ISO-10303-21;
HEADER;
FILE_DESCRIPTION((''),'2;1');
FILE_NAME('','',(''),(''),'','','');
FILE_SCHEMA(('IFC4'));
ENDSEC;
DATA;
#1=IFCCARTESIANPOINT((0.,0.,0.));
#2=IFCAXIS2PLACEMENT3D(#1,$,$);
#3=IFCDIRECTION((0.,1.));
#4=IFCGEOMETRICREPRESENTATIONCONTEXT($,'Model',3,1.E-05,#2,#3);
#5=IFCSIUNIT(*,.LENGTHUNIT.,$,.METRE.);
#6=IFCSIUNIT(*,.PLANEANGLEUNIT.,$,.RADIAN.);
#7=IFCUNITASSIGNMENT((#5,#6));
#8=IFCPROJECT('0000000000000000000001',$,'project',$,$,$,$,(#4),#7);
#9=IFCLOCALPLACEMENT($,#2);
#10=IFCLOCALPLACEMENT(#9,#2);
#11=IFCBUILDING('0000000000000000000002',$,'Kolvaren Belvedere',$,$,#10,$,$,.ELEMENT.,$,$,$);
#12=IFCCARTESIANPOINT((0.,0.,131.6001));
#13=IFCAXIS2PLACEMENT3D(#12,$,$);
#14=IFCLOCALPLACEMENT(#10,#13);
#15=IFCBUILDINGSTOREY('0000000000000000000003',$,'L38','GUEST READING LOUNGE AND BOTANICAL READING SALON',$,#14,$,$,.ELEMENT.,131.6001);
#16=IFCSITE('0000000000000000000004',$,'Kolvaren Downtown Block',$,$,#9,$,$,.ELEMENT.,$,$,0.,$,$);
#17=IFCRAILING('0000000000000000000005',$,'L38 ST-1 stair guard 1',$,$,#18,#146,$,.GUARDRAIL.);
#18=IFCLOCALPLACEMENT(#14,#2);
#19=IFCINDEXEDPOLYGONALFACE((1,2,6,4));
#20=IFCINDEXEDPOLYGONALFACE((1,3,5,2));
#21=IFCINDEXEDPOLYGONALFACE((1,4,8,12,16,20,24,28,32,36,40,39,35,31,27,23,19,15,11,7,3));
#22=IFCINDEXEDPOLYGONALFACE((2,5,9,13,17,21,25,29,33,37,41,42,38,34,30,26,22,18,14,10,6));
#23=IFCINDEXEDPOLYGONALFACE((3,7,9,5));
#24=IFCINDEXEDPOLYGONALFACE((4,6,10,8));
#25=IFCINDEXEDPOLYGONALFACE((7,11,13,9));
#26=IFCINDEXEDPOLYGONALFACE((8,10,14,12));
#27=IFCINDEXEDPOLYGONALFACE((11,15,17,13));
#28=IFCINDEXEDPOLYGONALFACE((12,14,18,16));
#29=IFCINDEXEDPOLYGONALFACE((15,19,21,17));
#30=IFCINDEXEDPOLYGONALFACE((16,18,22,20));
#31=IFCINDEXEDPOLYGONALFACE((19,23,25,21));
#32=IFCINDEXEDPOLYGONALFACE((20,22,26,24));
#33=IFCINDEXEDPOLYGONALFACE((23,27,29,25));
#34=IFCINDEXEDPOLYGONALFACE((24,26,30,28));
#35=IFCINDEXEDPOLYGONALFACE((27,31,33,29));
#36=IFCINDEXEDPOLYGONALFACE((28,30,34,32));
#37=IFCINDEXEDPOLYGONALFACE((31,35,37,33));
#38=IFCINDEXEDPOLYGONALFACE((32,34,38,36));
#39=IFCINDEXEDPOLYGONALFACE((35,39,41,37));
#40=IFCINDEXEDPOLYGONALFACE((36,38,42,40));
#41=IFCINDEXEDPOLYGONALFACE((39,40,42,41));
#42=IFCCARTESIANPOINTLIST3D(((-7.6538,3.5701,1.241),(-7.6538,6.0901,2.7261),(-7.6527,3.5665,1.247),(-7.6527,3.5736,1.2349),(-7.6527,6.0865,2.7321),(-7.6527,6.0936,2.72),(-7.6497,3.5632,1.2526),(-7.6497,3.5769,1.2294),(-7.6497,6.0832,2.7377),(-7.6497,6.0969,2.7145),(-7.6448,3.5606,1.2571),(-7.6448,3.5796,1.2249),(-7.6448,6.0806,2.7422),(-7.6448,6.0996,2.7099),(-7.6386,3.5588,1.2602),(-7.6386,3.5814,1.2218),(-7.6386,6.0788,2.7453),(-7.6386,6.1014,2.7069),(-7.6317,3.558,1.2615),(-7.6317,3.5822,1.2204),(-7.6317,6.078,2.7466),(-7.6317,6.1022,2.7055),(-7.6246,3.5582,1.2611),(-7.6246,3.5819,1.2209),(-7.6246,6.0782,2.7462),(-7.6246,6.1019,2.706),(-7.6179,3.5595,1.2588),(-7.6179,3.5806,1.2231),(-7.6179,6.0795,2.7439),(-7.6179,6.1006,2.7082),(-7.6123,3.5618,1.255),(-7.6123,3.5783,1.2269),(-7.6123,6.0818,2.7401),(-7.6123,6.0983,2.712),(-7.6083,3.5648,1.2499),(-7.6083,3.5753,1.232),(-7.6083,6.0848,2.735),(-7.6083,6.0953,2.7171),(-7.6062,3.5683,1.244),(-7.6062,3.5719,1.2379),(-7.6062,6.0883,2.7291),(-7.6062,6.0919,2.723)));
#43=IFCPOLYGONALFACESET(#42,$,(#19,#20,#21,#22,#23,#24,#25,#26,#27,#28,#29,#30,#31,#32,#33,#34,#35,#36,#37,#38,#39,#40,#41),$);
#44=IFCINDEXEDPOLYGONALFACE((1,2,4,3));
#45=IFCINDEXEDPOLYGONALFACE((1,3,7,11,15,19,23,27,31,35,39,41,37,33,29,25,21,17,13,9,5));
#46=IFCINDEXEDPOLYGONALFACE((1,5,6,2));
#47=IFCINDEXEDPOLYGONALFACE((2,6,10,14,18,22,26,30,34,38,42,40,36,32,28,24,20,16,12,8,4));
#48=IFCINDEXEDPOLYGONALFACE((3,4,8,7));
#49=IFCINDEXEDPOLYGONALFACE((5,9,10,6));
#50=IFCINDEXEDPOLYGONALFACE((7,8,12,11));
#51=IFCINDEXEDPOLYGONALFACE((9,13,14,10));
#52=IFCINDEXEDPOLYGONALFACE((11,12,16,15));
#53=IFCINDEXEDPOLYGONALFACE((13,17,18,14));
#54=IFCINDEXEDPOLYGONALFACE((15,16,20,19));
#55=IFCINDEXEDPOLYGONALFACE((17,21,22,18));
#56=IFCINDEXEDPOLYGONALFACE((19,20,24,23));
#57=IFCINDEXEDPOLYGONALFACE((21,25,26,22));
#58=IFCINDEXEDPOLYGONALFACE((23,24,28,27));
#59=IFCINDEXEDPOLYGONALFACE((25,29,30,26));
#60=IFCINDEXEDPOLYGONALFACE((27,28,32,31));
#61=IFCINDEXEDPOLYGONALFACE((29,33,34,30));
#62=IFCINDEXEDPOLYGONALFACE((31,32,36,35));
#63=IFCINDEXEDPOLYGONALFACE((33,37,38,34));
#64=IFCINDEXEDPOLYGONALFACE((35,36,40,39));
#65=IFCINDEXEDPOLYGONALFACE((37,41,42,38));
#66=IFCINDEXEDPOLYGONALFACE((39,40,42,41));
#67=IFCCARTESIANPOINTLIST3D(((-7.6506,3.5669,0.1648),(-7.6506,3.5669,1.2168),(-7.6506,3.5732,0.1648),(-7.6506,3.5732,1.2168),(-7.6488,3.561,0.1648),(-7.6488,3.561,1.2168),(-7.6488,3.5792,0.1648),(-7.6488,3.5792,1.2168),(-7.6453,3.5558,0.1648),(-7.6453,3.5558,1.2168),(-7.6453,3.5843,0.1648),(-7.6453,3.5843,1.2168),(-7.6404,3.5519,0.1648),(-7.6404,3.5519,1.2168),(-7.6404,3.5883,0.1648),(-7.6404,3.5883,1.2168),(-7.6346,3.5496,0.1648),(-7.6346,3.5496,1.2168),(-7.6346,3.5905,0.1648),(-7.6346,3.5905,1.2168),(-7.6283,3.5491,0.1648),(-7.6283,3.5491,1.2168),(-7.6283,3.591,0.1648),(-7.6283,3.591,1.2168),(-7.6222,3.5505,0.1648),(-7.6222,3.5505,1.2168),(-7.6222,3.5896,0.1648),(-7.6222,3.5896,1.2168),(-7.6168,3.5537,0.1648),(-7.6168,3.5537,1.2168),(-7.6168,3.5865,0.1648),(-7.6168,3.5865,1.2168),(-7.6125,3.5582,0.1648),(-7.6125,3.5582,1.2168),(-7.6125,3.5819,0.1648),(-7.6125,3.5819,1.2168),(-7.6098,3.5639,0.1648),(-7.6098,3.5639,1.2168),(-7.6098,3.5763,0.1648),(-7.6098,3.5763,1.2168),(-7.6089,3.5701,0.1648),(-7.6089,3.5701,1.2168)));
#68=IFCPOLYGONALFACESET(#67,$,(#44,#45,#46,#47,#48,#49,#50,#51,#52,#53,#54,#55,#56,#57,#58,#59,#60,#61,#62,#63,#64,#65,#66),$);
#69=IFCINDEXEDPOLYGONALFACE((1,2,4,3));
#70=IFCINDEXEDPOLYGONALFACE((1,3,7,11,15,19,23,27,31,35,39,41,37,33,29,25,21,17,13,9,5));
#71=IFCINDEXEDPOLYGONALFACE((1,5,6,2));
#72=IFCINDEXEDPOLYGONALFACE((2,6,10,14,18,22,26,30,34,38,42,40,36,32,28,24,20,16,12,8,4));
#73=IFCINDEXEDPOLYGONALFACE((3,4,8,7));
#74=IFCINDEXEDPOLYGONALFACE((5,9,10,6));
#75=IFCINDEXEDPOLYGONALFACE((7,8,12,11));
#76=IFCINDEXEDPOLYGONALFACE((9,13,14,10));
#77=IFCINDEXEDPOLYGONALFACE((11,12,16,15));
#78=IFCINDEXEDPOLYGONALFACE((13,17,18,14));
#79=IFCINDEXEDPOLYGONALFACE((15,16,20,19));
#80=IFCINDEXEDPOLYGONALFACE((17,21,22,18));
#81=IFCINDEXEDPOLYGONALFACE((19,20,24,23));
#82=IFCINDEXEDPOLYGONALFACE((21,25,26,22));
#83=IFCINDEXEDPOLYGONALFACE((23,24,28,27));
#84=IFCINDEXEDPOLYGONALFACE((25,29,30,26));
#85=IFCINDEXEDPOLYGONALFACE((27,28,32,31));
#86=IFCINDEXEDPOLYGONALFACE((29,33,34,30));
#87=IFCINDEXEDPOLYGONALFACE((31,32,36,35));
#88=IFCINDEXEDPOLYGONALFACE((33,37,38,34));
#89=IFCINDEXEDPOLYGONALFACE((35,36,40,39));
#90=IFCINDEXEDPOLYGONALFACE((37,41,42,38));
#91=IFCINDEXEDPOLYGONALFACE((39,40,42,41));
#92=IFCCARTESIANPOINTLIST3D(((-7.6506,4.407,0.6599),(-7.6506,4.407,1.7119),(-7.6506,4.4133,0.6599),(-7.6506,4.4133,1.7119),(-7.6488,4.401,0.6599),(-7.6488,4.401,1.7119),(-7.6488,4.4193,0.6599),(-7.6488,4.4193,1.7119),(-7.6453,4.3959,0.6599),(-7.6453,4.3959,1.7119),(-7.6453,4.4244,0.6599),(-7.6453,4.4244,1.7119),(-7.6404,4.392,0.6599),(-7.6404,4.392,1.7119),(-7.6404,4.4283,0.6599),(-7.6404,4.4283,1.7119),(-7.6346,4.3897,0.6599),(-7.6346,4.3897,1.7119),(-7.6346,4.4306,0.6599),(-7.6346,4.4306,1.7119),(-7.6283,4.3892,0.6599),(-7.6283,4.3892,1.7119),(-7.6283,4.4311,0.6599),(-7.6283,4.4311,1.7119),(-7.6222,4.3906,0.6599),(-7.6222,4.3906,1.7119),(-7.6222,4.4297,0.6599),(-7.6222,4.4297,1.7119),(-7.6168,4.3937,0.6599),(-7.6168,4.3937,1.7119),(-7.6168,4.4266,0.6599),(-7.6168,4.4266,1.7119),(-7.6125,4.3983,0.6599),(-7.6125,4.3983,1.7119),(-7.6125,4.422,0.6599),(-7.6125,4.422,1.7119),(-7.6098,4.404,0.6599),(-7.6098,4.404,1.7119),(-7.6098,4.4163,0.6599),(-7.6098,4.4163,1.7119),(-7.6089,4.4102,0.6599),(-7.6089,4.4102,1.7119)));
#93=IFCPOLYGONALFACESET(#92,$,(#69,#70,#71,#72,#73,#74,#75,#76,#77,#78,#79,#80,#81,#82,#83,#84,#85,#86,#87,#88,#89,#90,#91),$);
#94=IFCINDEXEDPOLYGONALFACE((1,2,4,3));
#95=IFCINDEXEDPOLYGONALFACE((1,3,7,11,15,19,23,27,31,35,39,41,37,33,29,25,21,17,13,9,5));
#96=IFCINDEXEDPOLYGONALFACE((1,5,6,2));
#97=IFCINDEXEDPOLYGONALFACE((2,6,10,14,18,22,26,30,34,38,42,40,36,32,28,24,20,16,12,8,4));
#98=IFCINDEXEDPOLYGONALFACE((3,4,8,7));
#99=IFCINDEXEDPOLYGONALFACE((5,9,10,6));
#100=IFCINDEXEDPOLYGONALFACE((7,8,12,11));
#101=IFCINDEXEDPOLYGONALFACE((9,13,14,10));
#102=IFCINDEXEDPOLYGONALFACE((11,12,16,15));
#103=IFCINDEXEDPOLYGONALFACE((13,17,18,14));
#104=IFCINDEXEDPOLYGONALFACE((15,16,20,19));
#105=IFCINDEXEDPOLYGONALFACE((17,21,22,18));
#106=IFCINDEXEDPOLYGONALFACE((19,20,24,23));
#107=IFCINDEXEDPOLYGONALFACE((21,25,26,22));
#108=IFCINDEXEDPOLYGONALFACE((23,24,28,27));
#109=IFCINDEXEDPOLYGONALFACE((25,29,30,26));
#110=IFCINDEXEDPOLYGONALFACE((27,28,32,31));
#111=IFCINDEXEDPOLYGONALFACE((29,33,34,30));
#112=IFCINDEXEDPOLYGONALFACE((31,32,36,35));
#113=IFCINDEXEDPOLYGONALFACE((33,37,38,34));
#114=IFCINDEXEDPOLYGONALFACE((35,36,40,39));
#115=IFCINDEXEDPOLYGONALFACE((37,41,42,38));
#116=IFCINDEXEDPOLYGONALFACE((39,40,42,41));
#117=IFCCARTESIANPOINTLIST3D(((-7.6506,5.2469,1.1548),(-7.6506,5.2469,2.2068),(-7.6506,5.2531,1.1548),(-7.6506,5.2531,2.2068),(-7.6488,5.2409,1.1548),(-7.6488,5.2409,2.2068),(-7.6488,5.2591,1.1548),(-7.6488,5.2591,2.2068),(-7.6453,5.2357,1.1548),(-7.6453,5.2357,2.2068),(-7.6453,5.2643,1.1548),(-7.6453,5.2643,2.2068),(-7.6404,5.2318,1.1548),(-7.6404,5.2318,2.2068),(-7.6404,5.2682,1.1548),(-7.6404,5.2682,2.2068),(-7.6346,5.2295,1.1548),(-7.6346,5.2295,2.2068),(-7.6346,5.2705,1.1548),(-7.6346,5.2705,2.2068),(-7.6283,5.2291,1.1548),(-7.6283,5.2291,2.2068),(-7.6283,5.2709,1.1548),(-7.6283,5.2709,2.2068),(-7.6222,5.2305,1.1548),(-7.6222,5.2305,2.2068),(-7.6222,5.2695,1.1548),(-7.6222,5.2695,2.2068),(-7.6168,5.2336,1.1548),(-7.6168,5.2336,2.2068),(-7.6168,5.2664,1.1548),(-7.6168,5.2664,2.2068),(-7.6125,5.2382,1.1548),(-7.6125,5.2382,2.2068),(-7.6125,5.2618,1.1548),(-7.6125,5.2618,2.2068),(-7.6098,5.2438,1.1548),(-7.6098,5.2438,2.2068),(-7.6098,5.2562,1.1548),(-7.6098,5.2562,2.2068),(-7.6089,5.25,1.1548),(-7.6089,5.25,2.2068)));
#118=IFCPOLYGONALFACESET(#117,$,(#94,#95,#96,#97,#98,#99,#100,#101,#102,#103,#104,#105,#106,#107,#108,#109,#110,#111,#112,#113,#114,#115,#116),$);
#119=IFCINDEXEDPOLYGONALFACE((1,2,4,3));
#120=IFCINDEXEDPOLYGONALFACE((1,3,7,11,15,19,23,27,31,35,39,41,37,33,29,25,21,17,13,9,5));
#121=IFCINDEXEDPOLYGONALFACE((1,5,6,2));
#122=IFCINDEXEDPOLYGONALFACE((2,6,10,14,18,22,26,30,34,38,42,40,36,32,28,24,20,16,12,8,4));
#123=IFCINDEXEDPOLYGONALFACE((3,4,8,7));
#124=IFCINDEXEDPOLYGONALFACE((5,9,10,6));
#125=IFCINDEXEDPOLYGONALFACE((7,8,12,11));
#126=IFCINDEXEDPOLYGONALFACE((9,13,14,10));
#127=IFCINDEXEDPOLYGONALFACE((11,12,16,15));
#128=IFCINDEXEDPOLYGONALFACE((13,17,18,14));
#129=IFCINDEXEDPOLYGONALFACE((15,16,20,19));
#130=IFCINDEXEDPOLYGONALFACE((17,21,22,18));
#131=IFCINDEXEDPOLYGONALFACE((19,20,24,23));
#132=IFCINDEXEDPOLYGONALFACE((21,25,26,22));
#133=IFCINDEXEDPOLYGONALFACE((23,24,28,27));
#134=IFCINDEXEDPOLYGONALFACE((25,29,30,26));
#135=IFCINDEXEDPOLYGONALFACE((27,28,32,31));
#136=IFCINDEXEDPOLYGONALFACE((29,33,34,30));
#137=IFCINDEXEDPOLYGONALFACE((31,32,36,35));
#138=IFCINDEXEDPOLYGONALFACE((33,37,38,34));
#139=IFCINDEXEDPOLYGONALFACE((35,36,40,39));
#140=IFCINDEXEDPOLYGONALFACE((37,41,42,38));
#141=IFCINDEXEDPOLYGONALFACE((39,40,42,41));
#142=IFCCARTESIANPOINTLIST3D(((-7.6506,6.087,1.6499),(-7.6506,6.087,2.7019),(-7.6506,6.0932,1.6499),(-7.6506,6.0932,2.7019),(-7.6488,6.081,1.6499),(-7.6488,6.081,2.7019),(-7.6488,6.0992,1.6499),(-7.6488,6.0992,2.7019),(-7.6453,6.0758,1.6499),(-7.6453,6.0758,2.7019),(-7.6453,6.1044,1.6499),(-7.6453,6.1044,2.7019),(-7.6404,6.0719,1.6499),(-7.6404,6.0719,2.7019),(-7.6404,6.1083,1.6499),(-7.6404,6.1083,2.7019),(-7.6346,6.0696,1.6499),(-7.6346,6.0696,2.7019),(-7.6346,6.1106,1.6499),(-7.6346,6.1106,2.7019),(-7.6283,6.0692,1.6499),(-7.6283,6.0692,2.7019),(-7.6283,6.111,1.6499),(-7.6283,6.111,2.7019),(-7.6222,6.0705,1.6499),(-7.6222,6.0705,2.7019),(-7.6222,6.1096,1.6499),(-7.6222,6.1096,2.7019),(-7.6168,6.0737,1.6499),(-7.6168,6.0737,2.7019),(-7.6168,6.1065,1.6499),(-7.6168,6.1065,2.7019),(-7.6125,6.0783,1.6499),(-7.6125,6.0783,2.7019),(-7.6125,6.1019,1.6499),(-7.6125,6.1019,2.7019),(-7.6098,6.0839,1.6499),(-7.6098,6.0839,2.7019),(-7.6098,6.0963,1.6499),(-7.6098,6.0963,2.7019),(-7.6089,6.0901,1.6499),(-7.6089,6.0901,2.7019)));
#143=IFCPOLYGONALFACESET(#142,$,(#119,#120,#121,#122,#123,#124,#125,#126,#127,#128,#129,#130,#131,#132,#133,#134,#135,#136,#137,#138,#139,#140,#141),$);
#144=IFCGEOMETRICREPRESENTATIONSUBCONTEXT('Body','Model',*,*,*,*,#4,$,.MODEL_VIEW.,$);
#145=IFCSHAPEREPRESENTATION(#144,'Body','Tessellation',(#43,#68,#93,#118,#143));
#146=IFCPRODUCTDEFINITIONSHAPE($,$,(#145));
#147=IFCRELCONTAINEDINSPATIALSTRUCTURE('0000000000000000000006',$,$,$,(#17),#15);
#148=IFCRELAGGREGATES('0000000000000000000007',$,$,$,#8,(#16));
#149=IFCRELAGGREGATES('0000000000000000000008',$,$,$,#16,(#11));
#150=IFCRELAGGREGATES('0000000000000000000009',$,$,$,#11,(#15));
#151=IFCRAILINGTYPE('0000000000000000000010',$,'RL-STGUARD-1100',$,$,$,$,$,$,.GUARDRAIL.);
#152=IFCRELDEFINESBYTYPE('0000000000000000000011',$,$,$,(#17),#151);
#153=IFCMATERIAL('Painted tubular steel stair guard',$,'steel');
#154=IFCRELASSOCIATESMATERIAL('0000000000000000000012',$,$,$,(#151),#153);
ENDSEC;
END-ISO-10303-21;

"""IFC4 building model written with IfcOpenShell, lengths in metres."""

from ifc_helpers import new_model, si_unit, direction, frame, origin, origin_2d, place, context, subcontext, project, spatial, circle, extrude, material, type_object, element, save


model = new_model("IFC4")

# Units and contexts
model_context = context("Model", 3, precision=1e-05, world=origin(), true_north=direction((0.0, 1.0)))
body_context = subcontext(model_context, "Body", "Model", "MODEL_VIEW")
ifc_project = project(units=[si_unit("LENGTHUNIT", "METRE"), si_unit("PLANEANGLEUNIT", "RADIAN")], contexts=[model_context])

# Site, building, storey
site_placement = place(None, origin())
site = spatial("IfcSite", under=ifc_project, at=site_placement, Name="Kolvaren Downtown Block", CompositionType="ELEMENT", RefElevation=0.0)
building_placement = place(site_placement, origin())
building = spatial("IfcBuilding", under=site, at=building_placement, Name="Kolvaren Belvedere", CompositionType="ELEMENT")
storey_placement = place(building_placement, frame((0.0, 0.0, 131.6001)))
storey = spatial("IfcBuildingStorey", under=building, at=storey_placement, Name="L38", Description="GUEST READING LOUNGE AND BOTANICAL READING SALON", CompositionType="ELEMENT", Elevation=131.6001)

# Railing
ifc_material_1 = material(Name="Painted tubular steel stair guard", Category="steel")
railing_type_1 = type_object("IfcRailingType", Name="RL-STGUARD-1100", PredefinedType="GUARDRAIL", material=ifc_material_1)
railing_1_placement = place(storey_placement, frame((-7.6299, 3.5701, 0.1648)))
element("IfcRailing", 1, at=railing_1_placement, inside=storey, type_object=railing_type_1, Name="L38 ST-1 stair guard 1", PredefinedType="GUARDRAIL", context=body_context, shape_type="SweptSolid", body=[
    extrude(circle(Radius=0.0239, at=origin_2d()), frame((0.0, 0.0, 1.0762), z_axis=(0.0, 0.861524, 0.507717), x_axis=(-1.0, 0.0, 0.0)), (0.0, 0.0, 1.0), 2.925),
    extrude(circle(Radius=0.021, at=origin_2d()), origin(), (0.0, 0.0, 1.0), 1.052),
    extrude(circle(Radius=0.021, at=origin_2d()), frame((0.0, 0.8401, 0.4951)), (0.0, 0.0, 1.0), 1.052),
    extrude(circle(Radius=0.021, at=origin_2d()), frame((0.0, 1.6799, 0.99)), (0.0, 0.0, 1.0), 1.052),
    extrude(circle(Radius=0.021, at=origin_2d()), frame((0.0, 2.52, 1.4851)), (0.0, 0.0, 1.0), 1.052),
])

save(model, "model.ifc")
